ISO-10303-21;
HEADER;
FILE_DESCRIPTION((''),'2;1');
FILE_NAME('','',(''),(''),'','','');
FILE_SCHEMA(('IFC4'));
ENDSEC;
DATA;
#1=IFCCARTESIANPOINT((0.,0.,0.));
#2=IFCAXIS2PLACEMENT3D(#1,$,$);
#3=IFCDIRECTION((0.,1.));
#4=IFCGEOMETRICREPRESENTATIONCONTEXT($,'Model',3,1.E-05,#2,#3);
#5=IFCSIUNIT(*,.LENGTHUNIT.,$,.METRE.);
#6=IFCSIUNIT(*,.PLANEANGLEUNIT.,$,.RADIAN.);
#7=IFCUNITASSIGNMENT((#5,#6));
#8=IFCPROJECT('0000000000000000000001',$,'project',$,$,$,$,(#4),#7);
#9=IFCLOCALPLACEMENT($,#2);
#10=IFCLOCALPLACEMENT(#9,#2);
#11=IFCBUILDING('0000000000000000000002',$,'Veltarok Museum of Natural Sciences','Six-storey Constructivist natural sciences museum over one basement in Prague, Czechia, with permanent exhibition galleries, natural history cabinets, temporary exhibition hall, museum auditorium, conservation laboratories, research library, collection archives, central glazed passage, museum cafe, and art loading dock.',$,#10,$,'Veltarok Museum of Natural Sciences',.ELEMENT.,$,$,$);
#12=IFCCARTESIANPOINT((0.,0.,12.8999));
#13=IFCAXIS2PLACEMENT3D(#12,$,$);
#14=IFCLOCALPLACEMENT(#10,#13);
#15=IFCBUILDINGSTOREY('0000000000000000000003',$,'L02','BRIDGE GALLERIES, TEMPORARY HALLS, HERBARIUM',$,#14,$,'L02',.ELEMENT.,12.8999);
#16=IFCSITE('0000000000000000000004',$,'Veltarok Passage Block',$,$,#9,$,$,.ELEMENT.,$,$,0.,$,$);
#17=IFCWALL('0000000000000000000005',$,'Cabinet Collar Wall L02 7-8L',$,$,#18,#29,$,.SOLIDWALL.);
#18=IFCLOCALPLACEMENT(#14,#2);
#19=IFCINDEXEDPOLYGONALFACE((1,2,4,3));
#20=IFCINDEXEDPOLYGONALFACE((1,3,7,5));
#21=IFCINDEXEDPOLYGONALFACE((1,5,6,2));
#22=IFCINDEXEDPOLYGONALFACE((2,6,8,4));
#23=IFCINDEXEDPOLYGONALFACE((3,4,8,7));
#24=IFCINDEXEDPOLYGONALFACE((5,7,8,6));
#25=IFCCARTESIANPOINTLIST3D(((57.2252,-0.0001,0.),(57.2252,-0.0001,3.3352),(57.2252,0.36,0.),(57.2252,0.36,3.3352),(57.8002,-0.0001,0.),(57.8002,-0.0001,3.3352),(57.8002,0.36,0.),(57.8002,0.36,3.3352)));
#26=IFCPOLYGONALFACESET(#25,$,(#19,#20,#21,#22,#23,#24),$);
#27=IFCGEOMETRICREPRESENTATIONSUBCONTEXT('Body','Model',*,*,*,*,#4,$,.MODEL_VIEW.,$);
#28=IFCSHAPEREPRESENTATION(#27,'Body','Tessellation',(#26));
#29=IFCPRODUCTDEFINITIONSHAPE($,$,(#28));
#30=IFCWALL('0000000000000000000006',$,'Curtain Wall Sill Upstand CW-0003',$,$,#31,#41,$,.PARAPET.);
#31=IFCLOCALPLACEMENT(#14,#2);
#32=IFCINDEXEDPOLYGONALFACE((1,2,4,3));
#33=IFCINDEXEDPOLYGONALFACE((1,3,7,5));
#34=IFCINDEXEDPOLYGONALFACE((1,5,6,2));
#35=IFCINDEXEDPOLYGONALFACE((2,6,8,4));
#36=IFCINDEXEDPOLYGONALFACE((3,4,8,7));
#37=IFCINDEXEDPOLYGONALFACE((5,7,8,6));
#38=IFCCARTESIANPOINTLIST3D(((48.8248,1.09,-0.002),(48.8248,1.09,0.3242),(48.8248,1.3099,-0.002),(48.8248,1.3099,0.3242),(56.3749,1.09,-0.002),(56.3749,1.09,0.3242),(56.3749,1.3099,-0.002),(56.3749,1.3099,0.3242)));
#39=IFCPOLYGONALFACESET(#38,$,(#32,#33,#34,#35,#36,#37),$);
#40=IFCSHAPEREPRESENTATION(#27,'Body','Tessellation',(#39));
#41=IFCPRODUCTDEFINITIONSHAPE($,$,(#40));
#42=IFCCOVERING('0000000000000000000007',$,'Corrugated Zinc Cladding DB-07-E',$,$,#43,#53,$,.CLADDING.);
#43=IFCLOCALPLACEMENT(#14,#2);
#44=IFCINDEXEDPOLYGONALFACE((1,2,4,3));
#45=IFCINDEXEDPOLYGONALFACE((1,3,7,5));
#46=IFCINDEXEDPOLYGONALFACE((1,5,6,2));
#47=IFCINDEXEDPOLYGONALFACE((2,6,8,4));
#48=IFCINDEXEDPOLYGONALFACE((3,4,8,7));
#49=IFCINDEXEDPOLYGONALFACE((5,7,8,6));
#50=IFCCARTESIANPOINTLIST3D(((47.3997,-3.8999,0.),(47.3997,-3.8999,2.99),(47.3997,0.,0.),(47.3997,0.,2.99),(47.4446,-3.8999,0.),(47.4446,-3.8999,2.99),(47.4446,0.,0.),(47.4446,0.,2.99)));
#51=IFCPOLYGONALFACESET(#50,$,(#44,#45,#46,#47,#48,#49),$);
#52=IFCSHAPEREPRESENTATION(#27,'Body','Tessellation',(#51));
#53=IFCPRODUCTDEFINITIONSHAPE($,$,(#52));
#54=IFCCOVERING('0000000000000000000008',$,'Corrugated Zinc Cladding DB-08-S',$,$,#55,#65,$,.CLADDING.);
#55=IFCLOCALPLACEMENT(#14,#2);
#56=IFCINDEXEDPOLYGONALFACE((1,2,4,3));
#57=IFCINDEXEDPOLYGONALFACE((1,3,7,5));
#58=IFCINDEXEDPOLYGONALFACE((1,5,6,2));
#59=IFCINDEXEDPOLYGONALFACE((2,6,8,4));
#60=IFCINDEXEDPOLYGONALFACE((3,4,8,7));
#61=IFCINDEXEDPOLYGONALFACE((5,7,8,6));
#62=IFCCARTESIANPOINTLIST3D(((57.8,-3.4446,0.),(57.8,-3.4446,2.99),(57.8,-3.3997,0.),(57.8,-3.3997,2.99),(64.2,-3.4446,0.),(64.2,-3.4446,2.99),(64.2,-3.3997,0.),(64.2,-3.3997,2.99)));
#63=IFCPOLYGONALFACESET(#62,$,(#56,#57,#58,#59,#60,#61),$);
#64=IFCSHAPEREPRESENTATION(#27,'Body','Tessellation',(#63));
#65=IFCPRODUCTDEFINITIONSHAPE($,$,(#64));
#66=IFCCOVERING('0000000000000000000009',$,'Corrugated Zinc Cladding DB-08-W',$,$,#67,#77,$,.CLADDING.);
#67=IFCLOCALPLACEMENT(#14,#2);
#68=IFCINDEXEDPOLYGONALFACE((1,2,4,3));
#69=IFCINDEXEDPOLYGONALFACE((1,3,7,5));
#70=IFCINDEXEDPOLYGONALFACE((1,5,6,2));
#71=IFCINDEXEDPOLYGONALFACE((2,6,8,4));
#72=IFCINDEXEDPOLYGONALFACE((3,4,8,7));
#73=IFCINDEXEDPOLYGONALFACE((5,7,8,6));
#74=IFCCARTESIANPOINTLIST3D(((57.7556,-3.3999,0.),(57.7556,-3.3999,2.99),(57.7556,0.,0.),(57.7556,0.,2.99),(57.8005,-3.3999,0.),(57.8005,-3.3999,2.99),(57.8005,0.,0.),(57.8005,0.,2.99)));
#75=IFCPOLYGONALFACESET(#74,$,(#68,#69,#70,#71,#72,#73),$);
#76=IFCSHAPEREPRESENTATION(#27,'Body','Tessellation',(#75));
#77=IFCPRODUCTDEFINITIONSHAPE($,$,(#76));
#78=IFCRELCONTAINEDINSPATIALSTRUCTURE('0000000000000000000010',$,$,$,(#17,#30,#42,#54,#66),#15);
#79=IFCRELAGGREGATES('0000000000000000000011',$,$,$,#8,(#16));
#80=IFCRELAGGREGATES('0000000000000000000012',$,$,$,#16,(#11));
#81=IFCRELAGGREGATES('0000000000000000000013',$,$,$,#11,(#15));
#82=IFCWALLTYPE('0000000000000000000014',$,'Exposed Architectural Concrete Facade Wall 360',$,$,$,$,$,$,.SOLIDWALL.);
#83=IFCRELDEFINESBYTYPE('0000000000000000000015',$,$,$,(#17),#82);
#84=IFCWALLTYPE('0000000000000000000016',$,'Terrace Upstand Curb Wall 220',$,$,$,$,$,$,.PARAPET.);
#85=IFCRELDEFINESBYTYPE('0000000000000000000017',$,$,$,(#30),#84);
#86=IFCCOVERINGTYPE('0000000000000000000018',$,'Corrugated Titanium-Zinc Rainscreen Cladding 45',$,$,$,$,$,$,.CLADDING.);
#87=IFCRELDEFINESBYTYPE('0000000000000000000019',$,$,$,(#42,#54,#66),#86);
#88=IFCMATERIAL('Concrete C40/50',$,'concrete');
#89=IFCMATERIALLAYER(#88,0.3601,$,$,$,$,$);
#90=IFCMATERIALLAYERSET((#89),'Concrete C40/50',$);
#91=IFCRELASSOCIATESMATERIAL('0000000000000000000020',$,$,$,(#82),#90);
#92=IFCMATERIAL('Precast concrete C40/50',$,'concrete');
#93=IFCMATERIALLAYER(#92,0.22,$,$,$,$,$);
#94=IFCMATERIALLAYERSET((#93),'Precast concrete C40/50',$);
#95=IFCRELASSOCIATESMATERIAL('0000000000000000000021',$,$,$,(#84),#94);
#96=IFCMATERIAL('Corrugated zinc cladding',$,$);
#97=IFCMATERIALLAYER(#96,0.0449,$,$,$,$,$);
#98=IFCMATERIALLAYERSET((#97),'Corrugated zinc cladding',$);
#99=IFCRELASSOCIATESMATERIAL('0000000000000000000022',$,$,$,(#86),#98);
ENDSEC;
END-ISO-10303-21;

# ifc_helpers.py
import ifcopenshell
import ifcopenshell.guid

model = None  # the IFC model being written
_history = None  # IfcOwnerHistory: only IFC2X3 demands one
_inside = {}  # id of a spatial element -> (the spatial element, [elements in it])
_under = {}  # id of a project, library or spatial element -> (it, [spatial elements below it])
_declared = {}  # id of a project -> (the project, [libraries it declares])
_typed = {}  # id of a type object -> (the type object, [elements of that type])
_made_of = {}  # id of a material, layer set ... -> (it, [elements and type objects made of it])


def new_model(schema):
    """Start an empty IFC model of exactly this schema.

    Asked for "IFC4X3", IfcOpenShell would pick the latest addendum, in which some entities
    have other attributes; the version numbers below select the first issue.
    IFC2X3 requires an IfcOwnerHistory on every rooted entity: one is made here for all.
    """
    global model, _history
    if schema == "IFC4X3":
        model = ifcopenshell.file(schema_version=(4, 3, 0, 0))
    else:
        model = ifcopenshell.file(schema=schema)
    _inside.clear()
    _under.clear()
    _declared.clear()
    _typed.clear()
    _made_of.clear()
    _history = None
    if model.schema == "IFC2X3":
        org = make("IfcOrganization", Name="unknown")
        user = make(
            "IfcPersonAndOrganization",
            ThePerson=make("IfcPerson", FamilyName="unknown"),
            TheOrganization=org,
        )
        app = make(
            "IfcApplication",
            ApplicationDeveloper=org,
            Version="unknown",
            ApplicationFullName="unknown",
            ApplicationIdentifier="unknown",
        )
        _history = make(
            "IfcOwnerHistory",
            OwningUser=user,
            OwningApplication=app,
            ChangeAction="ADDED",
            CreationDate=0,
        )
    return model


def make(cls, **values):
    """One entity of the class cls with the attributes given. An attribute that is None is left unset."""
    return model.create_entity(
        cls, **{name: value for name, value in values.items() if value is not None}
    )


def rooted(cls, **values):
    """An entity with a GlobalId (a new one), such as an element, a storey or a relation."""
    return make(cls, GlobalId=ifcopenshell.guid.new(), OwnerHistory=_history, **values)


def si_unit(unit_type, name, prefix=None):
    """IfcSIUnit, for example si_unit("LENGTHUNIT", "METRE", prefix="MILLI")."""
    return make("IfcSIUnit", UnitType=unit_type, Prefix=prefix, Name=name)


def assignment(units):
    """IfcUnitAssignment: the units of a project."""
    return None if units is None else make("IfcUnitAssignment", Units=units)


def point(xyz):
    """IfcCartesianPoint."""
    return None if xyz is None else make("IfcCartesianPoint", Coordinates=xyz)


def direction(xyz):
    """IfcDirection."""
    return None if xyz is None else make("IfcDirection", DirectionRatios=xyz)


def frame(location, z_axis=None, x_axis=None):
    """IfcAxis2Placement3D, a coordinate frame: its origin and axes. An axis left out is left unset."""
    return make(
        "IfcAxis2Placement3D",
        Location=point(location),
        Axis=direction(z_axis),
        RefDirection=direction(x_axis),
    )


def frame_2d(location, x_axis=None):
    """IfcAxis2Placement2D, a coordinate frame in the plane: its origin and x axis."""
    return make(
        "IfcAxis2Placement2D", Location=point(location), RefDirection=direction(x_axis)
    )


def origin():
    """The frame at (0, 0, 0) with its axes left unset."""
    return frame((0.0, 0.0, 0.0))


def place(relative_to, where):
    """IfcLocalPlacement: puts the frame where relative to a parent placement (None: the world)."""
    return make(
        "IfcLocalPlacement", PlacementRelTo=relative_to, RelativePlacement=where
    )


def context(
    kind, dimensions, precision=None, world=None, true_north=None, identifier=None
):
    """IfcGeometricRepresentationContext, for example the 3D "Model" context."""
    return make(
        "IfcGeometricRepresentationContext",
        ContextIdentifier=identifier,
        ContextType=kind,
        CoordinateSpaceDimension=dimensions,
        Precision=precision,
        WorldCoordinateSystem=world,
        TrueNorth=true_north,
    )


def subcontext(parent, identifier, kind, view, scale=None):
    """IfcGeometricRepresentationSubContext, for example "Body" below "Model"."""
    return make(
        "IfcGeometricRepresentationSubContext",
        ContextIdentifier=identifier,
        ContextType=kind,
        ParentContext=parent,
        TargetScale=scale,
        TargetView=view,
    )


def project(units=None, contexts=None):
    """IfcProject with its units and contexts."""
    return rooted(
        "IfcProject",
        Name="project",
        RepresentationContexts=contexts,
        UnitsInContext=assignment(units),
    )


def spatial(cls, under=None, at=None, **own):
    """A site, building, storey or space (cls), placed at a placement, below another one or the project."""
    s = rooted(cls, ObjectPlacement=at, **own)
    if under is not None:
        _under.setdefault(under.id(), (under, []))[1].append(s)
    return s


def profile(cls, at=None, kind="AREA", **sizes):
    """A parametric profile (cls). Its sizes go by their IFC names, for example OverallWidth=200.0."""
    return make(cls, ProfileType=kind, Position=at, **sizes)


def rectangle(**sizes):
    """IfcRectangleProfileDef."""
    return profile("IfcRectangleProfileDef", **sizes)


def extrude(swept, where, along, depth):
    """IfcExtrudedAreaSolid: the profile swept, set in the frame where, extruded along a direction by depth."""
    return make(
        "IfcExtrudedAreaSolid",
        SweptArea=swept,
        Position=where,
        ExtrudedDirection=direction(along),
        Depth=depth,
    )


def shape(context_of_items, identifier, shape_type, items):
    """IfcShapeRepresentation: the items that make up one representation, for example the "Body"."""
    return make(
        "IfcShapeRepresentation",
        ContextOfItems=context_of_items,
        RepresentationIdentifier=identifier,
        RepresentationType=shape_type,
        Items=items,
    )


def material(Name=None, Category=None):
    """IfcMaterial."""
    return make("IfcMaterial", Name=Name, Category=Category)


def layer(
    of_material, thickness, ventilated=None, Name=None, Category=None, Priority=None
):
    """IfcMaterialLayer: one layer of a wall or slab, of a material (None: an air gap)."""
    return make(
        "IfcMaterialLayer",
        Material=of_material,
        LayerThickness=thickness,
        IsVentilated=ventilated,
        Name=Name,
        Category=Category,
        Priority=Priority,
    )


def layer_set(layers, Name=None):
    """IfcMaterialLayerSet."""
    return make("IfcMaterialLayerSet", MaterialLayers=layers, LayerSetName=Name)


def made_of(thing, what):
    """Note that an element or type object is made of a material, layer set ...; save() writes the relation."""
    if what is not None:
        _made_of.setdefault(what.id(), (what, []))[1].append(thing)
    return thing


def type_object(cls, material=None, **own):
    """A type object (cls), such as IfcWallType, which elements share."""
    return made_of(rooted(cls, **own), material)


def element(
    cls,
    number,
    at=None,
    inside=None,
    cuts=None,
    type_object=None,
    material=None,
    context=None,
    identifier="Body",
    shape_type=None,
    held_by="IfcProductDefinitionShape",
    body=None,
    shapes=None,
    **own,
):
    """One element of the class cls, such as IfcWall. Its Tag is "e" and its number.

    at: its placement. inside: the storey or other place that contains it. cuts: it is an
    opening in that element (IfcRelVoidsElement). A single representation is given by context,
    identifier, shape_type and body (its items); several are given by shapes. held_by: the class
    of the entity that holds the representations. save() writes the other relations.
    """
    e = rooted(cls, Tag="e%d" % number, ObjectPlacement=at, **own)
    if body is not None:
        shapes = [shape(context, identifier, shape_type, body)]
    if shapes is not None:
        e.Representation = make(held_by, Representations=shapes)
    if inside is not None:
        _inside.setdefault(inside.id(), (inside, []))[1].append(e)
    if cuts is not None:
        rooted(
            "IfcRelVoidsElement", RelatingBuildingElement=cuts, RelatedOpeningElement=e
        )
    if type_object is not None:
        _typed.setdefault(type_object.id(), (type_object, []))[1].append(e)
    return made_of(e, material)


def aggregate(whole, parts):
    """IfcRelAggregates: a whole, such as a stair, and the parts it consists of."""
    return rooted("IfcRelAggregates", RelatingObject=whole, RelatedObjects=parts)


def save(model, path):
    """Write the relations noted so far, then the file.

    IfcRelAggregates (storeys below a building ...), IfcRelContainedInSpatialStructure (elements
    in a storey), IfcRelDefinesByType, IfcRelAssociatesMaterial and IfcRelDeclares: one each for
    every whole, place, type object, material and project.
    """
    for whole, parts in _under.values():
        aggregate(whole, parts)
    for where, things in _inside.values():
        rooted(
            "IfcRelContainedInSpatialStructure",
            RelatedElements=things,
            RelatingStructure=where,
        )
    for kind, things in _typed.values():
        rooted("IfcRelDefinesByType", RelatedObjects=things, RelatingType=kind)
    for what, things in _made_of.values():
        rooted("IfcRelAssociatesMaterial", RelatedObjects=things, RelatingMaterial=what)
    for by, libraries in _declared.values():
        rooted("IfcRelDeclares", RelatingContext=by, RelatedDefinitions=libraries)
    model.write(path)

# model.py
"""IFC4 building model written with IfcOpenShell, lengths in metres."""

from ifc_helpers import new_model, si_unit, direction, frame, frame_2d, origin, place, context, subcontext, project, spatial, rectangle, extrude, material, layer, layer_set, type_object, element, save


model = new_model("IFC4")

# Units and contexts
model_context = context("Model", 3, precision=1e-05, world=origin(), true_north=direction((0.0, 1.0)))
body_context = subcontext(model_context, "Body", "Model", "MODEL_VIEW")
ifc_project = project(units=[si_unit("LENGTHUNIT", "METRE"), si_unit("PLANEANGLEUNIT", "RADIAN")], contexts=[model_context])

# Site, building, storey
site_placement = place(None, origin())
site = spatial("IfcSite", under=ifc_project, at=site_placement, Name="Veltarok Passage Block", CompositionType="ELEMENT", RefElevation=0.0)
building_placement = place(site_placement, origin())
building = spatial("IfcBuilding", under=site, at=building_placement, Name="Veltarok Museum of Natural Sciences", Description="Six-storey Constructivist natural sciences museum over one basement in Prague, Czechia, with permanent exhibition galleries, natural history cabinets, temporary exhibition hall, museum auditorium, conservation laboratories, research library, collection archives, central glazed passage, museum cafe, and art loading dock.", LongName="Veltarok Museum of Natural Sciences", CompositionType="ELEMENT")
storey_placement = place(building_placement, frame((0.0, 0.0, 12.8999)))
storey = spatial("IfcBuildingStorey", under=building, at=storey_placement, Name="L02", Description="BRIDGE GALLERIES, TEMPORARY HALLS, HERBARIUM", LongName="L02", CompositionType="ELEMENT", Elevation=12.8999)

# Shared definitions
ifc_material_1 = material(Name="Concrete C40/50", Category="concrete")

# Shared definitions
ifc_material_2 = material(Name="Precast concrete C40/50", Category="concrete")

# Walls
ifc_layer_1 = layer(ifc_material_1, 0.3601)
ifc_layer_set_1 = layer_set([ifc_layer_1], Name="Concrete C40/50")
wall_type_1 = type_object("IfcWallType", Name="Exposed Architectural Concrete Facade Wall 360", PredefinedType="SOLIDWALL", material=ifc_layer_set_1)
wall_1_placement = place(storey_placement, frame((57.2251, 0.1799, 0.0), z_axis=(0.0, 0.0, 1.0), x_axis=(1.0, 0.0, 0.0)))
element("IfcWall", 1, at=wall_1_placement, inside=storey, type_object=wall_type_1, Name="Cabinet Collar Wall L02 7-8L", PredefinedType="SOLIDWALL", context=body_context, shape_type="SweptSolid", body=[
    extrude(rectangle(XDim=0.575, YDim=0.3601, at=frame_2d((0.2876, 0.0))), origin(), (0.0, 0.0, 1.0), 3.3352),
])
ifc_layer_2 = layer(ifc_material_2, 0.22)
ifc_layer_set_2 = layer_set([ifc_layer_2], Name="Precast concrete C40/50")
wall_type_2 = type_object("IfcWallType", Name="Terrace Upstand Curb Wall 220", PredefinedType="PARAPET", material=ifc_layer_set_2)
wall_2_placement = place(storey_placement, frame((48.825, 1.2, -0.002), z_axis=(0.0, 0.0, 1.0), x_axis=(1.0, 0.0, 0.0)))
element("IfcWall", 2, at=wall_2_placement, inside=storey, type_object=wall_type_2, Name="Curtain Wall Sill Upstand CW-0003", PredefinedType="PARAPET", context=body_context, shape_type="SweptSolid", body=[
    extrude(rectangle(XDim=7.55, YDim=0.22, at=frame_2d((3.7749, 0.0))), origin(), (0.0, 0.0, 1.0), 0.3262),
])

# Coverings
ifc_material_3 = material(Name="Corrugated zinc cladding")
ifc_layer_3 = layer(ifc_material_3, 0.0449)
ifc_layer_set_3 = layer_set([ifc_layer_3], Name="Corrugated zinc cladding")
covering_type = type_object("IfcCoveringType", Name="Corrugated Titanium-Zinc Rainscreen Cladding 45", PredefinedType="CLADDING", material=ifc_layer_set_3)
covering_1_placement = place(storey_placement, frame((47.4221, -3.8999, 0.0), z_axis=(0.0, 0.0, 1.0), x_axis=(0.0, 1.0, 0.0)))
element("IfcCovering", 3, at=covering_1_placement, inside=storey, type_object=covering_type, Name="Corrugated Zinc Cladding DB-07-E", PredefinedType="CLADDING", context=body_context, shape_type="SweptSolid", body=[
    extrude(rectangle(XDim=3.8999, YDim=0.0449, at=frame_2d((1.95, 0.0))), origin(), (0.0, 0.0, 1.0), 2.99),
])
covering_2_placement = place(storey_placement, frame((57.8, -3.4221, 0.0), z_axis=(0.0, 0.0, 1.0), x_axis=(1.0, 0.0, 0.0)))
element("IfcCovering", 4, at=covering_2_placement, inside=storey, type_object=covering_type, Name="Corrugated Zinc Cladding DB-08-S", PredefinedType="CLADDING", context=body_context, shape_type="SweptSolid", body=[
    extrude(rectangle(XDim=6.3999, YDim=0.0449, at=frame_2d((3.2, 0.0))), origin(), (0.0, 0.0, 1.0), 2.99),
])
covering_3_placement = place(storey_placement, frame((57.7781, 0.0, 0.0), z_axis=(0.0, 0.0, 1.0), x_axis=(0.0, -1.0, 0.0)))
element("IfcCovering", 5, at=covering_3_placement, inside=storey, type_object=covering_type, Name="Corrugated Zinc Cladding DB-08-W", PredefinedType="CLADDING", context=body_context, shape_type="SweptSolid", body=[
    extrude(rectangle(XDim=3.3999, YDim=0.0449, at=frame_2d((1.7, 0.0))), origin(), (0.0, 0.0, 1.0), 2.99),
])

save(model, "model.ifc")
